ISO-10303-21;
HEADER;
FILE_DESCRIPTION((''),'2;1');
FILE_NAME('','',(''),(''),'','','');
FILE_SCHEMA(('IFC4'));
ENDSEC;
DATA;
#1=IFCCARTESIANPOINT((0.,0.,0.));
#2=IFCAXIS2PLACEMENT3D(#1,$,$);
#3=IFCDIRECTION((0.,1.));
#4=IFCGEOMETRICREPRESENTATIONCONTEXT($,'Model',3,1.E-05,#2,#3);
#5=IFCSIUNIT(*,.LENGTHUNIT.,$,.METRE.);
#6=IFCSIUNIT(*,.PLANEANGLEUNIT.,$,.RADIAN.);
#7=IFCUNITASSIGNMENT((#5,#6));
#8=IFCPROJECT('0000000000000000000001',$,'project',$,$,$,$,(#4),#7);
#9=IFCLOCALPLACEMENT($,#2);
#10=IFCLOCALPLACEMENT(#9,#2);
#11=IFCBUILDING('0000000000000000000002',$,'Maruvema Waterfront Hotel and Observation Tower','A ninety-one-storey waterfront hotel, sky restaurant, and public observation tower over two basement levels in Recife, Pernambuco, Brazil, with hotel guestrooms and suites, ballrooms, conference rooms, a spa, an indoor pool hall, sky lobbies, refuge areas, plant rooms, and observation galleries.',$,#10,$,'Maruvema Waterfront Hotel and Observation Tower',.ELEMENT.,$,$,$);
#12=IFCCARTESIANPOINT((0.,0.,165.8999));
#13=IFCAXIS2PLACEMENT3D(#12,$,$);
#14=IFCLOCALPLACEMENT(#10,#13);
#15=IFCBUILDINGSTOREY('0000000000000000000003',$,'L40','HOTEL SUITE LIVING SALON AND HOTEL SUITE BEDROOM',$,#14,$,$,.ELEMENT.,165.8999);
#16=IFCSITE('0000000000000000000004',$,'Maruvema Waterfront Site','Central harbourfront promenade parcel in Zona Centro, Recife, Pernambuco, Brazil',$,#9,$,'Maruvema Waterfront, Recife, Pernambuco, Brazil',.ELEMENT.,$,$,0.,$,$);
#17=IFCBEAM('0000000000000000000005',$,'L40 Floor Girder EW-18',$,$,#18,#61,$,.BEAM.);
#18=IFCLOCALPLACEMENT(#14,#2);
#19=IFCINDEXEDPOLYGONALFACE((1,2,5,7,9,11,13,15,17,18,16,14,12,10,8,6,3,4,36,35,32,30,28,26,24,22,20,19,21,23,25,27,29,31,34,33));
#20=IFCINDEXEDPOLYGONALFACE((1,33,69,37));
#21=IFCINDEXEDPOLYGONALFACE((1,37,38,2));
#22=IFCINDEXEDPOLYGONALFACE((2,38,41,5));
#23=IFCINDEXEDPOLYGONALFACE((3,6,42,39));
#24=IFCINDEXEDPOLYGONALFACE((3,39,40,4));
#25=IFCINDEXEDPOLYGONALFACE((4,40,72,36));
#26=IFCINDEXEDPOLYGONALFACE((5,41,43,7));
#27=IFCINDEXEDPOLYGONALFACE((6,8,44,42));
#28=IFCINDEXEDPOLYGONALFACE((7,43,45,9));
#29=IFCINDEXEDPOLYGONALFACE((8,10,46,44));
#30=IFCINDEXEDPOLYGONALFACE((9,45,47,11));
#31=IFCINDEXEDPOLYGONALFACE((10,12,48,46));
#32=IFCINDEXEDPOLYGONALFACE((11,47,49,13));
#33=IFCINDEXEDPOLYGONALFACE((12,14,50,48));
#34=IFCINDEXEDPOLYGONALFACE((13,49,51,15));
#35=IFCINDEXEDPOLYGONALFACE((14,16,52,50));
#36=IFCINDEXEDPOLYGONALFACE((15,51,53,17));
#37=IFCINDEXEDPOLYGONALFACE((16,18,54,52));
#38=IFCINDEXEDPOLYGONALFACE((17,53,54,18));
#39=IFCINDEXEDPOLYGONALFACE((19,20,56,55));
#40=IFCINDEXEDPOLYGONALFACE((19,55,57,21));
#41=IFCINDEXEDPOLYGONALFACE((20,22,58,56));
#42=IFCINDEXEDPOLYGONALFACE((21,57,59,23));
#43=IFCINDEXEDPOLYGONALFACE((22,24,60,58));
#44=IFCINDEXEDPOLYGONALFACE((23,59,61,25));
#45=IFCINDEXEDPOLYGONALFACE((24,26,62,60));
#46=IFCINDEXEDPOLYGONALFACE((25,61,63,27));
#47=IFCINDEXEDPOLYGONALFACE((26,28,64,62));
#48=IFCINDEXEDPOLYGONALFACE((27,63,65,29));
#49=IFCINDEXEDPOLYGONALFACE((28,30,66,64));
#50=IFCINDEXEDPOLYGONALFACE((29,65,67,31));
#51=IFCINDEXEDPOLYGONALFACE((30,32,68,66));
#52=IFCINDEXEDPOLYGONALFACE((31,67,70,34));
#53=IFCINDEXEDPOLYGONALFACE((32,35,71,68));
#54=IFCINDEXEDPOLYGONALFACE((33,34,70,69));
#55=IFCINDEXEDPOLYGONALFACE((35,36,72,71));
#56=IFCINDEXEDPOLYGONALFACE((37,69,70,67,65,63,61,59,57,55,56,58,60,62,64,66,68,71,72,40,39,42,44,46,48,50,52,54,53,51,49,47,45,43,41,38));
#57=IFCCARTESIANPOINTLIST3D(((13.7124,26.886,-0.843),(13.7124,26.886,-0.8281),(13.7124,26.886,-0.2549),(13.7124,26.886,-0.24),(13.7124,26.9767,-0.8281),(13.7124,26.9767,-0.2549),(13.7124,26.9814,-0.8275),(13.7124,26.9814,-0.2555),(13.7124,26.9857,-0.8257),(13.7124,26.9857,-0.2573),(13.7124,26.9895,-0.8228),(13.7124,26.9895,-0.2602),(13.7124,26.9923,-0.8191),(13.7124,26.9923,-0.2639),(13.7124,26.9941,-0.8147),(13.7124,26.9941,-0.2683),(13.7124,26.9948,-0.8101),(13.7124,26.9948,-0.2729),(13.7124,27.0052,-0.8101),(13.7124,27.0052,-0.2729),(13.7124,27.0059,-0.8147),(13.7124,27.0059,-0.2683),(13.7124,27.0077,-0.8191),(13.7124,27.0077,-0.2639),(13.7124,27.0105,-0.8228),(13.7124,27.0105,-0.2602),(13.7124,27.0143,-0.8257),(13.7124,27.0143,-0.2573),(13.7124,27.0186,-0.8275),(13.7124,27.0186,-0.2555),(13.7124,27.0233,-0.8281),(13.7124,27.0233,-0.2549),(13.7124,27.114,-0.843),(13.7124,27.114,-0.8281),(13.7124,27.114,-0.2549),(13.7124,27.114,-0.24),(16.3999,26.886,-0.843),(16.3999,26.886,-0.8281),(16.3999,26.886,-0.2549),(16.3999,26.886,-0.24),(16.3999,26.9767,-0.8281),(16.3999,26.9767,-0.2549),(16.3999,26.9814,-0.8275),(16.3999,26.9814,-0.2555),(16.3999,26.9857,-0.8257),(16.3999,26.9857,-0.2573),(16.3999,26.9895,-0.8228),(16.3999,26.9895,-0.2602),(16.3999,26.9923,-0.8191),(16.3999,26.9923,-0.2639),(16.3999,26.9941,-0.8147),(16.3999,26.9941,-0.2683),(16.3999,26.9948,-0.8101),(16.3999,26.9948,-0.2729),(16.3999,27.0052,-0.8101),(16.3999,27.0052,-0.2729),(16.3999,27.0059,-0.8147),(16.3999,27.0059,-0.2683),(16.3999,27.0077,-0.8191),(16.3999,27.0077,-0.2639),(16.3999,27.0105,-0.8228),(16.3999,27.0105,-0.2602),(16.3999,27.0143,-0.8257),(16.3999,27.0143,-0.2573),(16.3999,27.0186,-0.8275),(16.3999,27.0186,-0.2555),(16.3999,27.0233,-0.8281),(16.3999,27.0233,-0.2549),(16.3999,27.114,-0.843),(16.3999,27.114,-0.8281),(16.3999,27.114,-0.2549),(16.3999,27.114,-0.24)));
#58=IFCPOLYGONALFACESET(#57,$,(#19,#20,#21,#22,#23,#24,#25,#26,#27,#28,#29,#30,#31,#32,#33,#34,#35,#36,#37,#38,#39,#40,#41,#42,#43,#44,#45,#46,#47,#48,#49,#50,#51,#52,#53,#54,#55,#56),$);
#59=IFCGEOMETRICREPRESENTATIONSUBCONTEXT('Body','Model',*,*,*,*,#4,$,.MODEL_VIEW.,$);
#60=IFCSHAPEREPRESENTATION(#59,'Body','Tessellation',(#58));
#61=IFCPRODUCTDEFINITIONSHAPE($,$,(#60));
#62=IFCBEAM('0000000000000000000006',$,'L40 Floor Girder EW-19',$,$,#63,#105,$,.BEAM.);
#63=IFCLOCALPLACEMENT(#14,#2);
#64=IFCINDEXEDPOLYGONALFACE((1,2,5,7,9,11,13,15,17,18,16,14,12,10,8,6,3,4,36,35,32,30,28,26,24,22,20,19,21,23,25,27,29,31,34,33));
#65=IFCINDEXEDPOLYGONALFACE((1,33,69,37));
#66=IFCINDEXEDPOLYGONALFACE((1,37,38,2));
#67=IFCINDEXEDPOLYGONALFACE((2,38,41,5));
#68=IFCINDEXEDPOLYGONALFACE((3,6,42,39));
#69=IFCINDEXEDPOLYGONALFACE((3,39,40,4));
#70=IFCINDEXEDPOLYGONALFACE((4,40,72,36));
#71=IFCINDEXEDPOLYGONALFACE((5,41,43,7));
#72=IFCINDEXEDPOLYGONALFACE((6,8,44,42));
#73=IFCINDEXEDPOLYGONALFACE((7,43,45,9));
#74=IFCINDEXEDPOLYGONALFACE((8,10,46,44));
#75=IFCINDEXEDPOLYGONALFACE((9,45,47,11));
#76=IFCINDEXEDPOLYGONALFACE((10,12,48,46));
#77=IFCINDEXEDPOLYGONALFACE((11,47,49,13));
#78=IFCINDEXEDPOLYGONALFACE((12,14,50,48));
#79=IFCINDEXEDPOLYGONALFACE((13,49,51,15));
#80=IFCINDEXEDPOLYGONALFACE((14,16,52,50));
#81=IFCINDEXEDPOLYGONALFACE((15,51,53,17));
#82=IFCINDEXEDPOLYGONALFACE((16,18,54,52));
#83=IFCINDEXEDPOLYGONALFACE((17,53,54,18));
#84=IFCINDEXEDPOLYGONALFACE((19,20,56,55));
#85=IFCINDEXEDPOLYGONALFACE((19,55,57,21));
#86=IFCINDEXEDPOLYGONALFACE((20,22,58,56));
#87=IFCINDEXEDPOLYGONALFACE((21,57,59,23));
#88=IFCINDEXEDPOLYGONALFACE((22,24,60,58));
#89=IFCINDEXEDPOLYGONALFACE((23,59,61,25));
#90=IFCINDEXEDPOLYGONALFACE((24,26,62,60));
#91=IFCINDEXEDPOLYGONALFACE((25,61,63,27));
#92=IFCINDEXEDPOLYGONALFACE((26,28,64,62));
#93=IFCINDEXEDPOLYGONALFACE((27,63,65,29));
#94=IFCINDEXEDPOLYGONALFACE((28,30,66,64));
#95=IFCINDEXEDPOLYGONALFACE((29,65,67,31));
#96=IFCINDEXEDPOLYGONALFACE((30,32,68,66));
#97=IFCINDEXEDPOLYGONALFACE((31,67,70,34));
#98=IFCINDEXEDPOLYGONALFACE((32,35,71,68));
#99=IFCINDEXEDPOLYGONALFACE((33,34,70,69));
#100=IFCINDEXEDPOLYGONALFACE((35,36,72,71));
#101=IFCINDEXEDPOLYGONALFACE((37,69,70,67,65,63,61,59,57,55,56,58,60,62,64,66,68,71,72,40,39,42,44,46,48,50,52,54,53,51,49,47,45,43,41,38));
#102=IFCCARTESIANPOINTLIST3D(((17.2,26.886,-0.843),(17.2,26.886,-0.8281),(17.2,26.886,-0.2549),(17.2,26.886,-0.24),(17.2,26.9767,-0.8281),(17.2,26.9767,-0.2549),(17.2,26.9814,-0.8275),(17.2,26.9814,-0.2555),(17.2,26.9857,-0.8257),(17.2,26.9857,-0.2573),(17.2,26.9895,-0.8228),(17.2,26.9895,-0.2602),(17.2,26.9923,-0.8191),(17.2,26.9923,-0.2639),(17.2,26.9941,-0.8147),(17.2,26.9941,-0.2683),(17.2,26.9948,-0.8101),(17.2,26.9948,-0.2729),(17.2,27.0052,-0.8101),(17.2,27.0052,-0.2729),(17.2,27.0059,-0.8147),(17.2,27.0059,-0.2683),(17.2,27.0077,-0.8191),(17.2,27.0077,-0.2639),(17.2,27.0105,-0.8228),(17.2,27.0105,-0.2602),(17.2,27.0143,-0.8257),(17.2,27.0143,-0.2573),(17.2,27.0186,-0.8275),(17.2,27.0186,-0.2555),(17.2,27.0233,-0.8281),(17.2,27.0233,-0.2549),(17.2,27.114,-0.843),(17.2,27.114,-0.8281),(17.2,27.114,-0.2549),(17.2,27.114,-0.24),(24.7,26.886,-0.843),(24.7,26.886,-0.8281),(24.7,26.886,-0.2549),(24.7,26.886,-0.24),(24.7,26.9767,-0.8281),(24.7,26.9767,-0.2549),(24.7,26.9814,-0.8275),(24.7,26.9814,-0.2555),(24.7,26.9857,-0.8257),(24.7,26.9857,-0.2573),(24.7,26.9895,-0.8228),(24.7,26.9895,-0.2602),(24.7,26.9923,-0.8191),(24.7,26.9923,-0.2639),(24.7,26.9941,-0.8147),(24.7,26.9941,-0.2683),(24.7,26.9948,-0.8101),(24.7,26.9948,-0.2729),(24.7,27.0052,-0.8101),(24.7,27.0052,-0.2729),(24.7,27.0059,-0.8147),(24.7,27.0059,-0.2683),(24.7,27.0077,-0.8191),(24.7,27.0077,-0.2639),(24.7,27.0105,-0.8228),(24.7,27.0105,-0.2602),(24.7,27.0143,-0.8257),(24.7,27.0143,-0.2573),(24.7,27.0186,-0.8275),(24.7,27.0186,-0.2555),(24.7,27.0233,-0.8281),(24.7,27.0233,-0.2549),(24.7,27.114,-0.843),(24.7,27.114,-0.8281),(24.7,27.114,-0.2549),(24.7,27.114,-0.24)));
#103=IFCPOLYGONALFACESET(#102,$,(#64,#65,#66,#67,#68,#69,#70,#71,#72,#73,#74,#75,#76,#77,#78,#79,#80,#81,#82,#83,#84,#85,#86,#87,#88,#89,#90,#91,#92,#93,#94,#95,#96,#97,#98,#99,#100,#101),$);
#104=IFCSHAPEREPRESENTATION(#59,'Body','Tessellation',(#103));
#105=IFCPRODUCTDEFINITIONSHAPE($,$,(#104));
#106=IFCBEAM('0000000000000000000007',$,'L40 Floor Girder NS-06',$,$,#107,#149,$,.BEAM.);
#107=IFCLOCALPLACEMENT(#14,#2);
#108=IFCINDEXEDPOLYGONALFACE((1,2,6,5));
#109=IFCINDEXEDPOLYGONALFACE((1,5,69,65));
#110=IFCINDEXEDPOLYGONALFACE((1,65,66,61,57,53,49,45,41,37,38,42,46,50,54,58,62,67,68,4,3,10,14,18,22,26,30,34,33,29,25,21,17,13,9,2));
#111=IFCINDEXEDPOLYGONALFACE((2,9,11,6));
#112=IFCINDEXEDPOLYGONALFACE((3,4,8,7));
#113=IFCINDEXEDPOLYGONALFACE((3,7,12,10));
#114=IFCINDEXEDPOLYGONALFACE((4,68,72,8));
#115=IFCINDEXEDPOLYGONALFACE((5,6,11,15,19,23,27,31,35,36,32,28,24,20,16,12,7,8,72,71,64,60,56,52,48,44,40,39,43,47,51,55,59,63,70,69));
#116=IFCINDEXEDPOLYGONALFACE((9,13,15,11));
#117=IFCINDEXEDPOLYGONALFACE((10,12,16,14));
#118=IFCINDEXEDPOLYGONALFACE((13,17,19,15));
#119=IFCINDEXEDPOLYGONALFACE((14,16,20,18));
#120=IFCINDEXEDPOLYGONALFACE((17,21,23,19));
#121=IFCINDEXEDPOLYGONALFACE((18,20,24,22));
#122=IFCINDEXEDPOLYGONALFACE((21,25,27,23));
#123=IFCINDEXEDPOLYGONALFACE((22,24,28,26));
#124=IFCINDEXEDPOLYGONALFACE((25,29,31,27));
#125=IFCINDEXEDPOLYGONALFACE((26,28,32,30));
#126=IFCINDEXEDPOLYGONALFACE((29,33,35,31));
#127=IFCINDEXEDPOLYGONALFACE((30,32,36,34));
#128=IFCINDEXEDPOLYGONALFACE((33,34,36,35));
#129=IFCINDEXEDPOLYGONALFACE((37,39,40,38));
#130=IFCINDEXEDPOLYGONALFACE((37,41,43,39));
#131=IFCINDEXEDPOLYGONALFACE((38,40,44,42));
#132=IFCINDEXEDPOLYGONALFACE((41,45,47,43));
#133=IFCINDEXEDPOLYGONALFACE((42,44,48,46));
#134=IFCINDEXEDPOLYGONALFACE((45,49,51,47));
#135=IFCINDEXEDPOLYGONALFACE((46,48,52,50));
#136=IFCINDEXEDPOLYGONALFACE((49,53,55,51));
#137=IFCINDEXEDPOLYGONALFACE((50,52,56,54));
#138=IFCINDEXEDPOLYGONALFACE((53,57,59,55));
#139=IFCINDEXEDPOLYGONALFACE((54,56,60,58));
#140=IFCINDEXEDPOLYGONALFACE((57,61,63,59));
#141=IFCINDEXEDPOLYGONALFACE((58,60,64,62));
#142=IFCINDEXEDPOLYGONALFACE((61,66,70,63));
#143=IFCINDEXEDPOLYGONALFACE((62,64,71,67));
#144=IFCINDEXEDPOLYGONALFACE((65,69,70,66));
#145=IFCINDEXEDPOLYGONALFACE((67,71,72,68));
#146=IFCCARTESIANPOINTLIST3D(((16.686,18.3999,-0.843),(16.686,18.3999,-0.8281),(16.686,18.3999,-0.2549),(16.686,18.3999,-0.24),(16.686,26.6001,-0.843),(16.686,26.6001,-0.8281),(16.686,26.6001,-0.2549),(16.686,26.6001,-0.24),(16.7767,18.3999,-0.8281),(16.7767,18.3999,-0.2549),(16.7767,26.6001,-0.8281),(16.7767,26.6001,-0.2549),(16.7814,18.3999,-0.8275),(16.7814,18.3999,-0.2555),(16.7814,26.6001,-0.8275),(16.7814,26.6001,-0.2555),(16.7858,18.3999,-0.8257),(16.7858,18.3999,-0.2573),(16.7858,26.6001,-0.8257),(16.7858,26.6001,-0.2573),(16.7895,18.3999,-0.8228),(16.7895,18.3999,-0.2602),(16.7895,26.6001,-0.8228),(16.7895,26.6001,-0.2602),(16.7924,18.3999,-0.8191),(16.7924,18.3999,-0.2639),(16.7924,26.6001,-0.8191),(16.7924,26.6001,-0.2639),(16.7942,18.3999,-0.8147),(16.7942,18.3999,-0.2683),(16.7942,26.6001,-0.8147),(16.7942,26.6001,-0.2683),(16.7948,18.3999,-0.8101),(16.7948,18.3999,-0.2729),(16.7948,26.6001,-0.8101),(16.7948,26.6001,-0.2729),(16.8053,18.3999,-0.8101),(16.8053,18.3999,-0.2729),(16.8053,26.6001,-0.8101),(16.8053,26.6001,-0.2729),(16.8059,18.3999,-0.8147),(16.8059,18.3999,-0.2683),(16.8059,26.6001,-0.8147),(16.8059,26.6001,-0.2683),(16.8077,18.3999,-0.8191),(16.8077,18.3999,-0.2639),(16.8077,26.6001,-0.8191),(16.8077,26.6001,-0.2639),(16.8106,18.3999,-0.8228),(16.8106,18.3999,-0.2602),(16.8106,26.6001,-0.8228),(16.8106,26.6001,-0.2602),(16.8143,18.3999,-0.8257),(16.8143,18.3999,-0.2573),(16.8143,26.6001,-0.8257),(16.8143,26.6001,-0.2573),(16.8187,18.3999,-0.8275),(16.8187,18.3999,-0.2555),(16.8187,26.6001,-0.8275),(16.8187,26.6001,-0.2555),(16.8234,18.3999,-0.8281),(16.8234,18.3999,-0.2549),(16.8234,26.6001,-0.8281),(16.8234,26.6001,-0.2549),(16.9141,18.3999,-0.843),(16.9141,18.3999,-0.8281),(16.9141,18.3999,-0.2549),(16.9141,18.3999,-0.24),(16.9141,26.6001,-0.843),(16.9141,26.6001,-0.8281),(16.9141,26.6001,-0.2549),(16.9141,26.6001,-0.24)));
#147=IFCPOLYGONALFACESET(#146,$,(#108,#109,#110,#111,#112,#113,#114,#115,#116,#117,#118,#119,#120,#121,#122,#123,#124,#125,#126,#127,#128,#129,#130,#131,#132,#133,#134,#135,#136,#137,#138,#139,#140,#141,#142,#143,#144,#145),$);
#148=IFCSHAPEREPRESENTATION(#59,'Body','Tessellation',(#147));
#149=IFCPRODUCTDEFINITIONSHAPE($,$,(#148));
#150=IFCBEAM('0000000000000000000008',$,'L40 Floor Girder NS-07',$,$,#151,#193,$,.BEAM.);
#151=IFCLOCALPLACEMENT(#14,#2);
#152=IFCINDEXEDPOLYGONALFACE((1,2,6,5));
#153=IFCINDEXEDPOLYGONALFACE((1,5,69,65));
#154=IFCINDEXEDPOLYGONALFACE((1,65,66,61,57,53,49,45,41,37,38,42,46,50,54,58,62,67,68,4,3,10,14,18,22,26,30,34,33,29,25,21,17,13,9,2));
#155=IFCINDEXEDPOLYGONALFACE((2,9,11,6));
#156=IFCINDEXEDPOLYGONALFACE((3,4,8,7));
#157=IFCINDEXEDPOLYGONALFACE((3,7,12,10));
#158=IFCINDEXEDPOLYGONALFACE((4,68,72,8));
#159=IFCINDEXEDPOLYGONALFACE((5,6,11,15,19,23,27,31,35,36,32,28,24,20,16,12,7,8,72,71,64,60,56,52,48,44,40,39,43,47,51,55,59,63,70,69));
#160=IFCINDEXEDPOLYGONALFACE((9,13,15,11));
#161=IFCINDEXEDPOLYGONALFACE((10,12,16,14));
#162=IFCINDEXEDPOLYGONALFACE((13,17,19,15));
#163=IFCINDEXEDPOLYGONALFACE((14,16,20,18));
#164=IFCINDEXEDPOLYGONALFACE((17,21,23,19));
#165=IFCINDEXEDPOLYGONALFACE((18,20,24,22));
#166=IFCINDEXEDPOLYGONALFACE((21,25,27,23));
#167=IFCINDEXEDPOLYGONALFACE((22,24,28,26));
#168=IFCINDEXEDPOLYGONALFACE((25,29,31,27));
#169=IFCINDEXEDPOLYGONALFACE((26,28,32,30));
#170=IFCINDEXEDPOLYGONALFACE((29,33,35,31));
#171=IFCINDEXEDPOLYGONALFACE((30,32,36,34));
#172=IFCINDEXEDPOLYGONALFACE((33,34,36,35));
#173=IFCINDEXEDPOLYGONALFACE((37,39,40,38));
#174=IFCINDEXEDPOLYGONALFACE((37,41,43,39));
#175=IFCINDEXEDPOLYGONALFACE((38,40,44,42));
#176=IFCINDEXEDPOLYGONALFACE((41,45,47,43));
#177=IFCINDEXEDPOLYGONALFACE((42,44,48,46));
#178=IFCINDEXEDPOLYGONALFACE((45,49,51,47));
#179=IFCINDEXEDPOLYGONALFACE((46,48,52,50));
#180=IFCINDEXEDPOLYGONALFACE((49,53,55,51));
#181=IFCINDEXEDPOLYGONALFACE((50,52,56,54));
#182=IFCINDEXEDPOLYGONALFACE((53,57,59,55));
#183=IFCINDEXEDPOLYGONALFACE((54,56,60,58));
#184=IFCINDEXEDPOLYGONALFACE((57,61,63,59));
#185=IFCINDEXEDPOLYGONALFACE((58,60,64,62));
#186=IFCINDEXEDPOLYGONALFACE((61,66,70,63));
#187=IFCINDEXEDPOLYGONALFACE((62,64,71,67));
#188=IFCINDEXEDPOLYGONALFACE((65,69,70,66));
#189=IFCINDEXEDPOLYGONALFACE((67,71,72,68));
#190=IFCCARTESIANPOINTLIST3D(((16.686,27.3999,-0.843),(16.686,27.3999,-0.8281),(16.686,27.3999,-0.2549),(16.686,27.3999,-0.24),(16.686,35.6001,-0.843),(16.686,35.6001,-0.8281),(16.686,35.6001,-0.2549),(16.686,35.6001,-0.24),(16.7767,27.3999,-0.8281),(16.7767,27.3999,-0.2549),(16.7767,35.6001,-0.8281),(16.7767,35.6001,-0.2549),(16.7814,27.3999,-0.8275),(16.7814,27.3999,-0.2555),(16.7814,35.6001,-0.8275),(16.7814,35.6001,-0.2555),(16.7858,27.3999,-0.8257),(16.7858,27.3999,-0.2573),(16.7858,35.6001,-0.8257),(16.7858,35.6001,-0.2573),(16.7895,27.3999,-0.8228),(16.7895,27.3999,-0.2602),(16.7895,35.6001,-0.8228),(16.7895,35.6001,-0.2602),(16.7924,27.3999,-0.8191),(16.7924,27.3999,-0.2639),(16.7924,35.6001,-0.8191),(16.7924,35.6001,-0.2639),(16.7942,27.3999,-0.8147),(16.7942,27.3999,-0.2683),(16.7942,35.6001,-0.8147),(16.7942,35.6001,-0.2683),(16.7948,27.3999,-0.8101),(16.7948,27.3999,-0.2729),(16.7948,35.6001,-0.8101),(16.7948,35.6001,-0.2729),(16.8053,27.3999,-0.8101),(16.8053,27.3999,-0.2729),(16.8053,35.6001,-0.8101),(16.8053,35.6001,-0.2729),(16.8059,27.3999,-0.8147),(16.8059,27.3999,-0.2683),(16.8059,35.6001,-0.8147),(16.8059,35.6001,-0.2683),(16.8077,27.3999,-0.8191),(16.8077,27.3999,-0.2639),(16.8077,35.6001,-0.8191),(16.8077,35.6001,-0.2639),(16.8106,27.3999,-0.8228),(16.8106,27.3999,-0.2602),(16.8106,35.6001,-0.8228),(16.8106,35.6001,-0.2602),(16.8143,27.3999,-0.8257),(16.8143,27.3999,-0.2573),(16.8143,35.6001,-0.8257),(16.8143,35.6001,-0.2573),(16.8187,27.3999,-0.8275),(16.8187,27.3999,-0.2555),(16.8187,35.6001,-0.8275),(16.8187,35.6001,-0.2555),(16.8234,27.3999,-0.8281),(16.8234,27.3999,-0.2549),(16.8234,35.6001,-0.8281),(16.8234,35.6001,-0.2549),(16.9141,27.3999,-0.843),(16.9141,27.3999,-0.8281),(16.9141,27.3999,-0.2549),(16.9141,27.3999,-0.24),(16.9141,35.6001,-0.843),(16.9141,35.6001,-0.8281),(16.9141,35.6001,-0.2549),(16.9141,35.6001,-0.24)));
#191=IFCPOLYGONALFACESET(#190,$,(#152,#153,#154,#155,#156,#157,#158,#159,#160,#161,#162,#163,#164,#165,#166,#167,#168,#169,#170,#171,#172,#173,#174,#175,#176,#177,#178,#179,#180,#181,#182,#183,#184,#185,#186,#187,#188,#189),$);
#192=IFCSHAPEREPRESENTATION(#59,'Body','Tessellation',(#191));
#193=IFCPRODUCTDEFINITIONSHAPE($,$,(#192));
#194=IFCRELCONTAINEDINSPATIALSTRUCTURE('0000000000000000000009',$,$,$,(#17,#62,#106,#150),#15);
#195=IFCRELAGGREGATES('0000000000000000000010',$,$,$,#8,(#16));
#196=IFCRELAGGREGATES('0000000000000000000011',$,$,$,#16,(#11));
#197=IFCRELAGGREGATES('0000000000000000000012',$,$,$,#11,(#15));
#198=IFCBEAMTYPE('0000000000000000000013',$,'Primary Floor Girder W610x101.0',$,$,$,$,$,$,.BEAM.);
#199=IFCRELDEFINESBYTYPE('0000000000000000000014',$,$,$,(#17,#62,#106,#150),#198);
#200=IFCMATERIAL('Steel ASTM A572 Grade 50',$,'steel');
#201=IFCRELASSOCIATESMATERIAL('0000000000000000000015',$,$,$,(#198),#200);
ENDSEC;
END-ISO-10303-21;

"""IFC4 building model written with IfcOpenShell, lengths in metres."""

from ifc_helpers import new_model, si_unit, direction, frame, origin, origin_2d, place, context, subcontext, project, spatial, i_section, extrude, material, material_profile, profile_set, type_object, element, save


model = new_model("IFC4")

# Units and contexts
model_context = context("Model", 3, precision=1e-05, world=origin(), true_north=direction((0.0, 1.0)))
body_context = subcontext(model_context, "Body", "Model", "MODEL_VIEW")
ifc_project = project(units=[si_unit("LENGTHUNIT", "METRE"), si_unit("PLANEANGLEUNIT", "RADIAN")], contexts=[model_context])

# Site, building, storey
site_placement = place(None, origin())
site = spatial("IfcSite", under=ifc_project, at=site_placement, Name="Maruvema Waterfront Site", Description="Central harbourfront promenade parcel in Zona Centro, Recife, Pernambuco, Brazil", LongName="Maruvema Waterfront, Recife, Pernambuco, Brazil", CompositionType="ELEMENT", RefElevation=0.0)
building_placement = place(site_placement, origin())
building = spatial("IfcBuilding", under=site, at=building_placement, Name="Maruvema Waterfront Hotel and Observation Tower", Description="A ninety-one-storey waterfront hotel, sky restaurant, and public observation tower over two basement levels in Recife, Pernambuco, Brazil, with hotel guestrooms and suites, ballrooms, conference rooms, a spa, an indoor pool hall, sky lobbies, refuge areas, plant rooms, and observation galleries.", LongName="Maruvema Waterfront Hotel and Observation Tower", CompositionType="ELEMENT")
storey_placement = place(building_placement, frame((0.0, 0.0, 165.8999)))
storey = spatial("IfcBuildingStorey", under=building, at=storey_placement, Name="L40", Description="HOTEL SUITE LIVING SALON AND HOTEL SUITE BEDROOM", CompositionType="ELEMENT", Elevation=165.8999)

# Beams
ifc_material_1 = material(Name="Steel ASTM A572 Grade 50", Category="steel")
ifc_material_profile_1 = material_profile(ifc_material_1, i_section(OverallWidth=0.228, OverallDepth=0.603, WebThickness=0.0105, FlangeThickness=0.0149, FilletRadius=0.0181, at=origin_2d()), Name="W610x101.0")
ifc_profile_set_1 = profile_set([ifc_material_profile_1], Name="Steel ASTM A572 Grade 50")
beam_type_1 = type_object("IfcBeamType", Name="Primary Floor Girder W610x101.0", PredefinedType="BEAM", material=ifc_profile_set_1)
beam_1_placement = place(storey_placement, frame((13.7124, 27.0, -0.5415), z_axis=(1.0, 0.0, 0.0), x_axis=(0.0, 1.0, 0.0)))
element("IfcBeam", 1, at=beam_1_placement, inside=storey, type_object=beam_type_1, Name="L40 Floor Girder EW-18", PredefinedType="BEAM", context=body_context, shape_type="SweptSolid", body=[
    extrude(i_section(OverallWidth=0.228, OverallDepth=0.603, WebThickness=0.0105, FlangeThickness=0.0149, FilletRadius=0.0181, at=origin_2d()), origin(), (0.0, 0.0, 1.0), 2.6875),
])
beam_2_placement = place(storey_placement, frame((17.2, 27.0, -0.5415), z_axis=(1.0, 0.0, 0.0), x_axis=(0.0, 1.0, 0.0)))
element("IfcBeam", 2, at=beam_2_placement, inside=storey, type_object=beam_type_1, Name="L40 Floor Girder EW-19", PredefinedType="BEAM", context=body_context, shape_type="SweptSolid", body=[
    extrude(i_section(OverallWidth=0.228, OverallDepth=0.603, WebThickness=0.0105, FlangeThickness=0.0149, FilletRadius=0.0181, at=origin_2d()), origin(), (0.0, 0.0, 1.0), 7.5),
])
for number, where, z_axis, x_axis, name in (
    (3, (16.8, 18.3999, -0.5415), (0.0, 1.0, 0.0), (-1.0, 0.0, 0.0), "L40 Floor Girder NS-06"),
    (4, (16.8, 27.3999, -0.5415), (0.0, 1.0, 0.0), (-1.0, 0.0, 0.0), "L40 Floor Girder NS-07"),
):
    element("IfcBeam", number, at=place(storey_placement, frame(where, z_axis=z_axis, x_axis=x_axis)), inside=storey, type_object=beam_type_1, Name=name, PredefinedType="BEAM", context=body_context, shape_type="SweptSolid", body=[
        extrude(i_section(OverallWidth=0.228, OverallDepth=0.603, WebThickness=0.0105, FlangeThickness=0.0149, FilletRadius=0.0181, at=origin_2d()), origin(), (0.0, 0.0, 1.0), 8.2002),
    ])

save(model, "model.ifc")
